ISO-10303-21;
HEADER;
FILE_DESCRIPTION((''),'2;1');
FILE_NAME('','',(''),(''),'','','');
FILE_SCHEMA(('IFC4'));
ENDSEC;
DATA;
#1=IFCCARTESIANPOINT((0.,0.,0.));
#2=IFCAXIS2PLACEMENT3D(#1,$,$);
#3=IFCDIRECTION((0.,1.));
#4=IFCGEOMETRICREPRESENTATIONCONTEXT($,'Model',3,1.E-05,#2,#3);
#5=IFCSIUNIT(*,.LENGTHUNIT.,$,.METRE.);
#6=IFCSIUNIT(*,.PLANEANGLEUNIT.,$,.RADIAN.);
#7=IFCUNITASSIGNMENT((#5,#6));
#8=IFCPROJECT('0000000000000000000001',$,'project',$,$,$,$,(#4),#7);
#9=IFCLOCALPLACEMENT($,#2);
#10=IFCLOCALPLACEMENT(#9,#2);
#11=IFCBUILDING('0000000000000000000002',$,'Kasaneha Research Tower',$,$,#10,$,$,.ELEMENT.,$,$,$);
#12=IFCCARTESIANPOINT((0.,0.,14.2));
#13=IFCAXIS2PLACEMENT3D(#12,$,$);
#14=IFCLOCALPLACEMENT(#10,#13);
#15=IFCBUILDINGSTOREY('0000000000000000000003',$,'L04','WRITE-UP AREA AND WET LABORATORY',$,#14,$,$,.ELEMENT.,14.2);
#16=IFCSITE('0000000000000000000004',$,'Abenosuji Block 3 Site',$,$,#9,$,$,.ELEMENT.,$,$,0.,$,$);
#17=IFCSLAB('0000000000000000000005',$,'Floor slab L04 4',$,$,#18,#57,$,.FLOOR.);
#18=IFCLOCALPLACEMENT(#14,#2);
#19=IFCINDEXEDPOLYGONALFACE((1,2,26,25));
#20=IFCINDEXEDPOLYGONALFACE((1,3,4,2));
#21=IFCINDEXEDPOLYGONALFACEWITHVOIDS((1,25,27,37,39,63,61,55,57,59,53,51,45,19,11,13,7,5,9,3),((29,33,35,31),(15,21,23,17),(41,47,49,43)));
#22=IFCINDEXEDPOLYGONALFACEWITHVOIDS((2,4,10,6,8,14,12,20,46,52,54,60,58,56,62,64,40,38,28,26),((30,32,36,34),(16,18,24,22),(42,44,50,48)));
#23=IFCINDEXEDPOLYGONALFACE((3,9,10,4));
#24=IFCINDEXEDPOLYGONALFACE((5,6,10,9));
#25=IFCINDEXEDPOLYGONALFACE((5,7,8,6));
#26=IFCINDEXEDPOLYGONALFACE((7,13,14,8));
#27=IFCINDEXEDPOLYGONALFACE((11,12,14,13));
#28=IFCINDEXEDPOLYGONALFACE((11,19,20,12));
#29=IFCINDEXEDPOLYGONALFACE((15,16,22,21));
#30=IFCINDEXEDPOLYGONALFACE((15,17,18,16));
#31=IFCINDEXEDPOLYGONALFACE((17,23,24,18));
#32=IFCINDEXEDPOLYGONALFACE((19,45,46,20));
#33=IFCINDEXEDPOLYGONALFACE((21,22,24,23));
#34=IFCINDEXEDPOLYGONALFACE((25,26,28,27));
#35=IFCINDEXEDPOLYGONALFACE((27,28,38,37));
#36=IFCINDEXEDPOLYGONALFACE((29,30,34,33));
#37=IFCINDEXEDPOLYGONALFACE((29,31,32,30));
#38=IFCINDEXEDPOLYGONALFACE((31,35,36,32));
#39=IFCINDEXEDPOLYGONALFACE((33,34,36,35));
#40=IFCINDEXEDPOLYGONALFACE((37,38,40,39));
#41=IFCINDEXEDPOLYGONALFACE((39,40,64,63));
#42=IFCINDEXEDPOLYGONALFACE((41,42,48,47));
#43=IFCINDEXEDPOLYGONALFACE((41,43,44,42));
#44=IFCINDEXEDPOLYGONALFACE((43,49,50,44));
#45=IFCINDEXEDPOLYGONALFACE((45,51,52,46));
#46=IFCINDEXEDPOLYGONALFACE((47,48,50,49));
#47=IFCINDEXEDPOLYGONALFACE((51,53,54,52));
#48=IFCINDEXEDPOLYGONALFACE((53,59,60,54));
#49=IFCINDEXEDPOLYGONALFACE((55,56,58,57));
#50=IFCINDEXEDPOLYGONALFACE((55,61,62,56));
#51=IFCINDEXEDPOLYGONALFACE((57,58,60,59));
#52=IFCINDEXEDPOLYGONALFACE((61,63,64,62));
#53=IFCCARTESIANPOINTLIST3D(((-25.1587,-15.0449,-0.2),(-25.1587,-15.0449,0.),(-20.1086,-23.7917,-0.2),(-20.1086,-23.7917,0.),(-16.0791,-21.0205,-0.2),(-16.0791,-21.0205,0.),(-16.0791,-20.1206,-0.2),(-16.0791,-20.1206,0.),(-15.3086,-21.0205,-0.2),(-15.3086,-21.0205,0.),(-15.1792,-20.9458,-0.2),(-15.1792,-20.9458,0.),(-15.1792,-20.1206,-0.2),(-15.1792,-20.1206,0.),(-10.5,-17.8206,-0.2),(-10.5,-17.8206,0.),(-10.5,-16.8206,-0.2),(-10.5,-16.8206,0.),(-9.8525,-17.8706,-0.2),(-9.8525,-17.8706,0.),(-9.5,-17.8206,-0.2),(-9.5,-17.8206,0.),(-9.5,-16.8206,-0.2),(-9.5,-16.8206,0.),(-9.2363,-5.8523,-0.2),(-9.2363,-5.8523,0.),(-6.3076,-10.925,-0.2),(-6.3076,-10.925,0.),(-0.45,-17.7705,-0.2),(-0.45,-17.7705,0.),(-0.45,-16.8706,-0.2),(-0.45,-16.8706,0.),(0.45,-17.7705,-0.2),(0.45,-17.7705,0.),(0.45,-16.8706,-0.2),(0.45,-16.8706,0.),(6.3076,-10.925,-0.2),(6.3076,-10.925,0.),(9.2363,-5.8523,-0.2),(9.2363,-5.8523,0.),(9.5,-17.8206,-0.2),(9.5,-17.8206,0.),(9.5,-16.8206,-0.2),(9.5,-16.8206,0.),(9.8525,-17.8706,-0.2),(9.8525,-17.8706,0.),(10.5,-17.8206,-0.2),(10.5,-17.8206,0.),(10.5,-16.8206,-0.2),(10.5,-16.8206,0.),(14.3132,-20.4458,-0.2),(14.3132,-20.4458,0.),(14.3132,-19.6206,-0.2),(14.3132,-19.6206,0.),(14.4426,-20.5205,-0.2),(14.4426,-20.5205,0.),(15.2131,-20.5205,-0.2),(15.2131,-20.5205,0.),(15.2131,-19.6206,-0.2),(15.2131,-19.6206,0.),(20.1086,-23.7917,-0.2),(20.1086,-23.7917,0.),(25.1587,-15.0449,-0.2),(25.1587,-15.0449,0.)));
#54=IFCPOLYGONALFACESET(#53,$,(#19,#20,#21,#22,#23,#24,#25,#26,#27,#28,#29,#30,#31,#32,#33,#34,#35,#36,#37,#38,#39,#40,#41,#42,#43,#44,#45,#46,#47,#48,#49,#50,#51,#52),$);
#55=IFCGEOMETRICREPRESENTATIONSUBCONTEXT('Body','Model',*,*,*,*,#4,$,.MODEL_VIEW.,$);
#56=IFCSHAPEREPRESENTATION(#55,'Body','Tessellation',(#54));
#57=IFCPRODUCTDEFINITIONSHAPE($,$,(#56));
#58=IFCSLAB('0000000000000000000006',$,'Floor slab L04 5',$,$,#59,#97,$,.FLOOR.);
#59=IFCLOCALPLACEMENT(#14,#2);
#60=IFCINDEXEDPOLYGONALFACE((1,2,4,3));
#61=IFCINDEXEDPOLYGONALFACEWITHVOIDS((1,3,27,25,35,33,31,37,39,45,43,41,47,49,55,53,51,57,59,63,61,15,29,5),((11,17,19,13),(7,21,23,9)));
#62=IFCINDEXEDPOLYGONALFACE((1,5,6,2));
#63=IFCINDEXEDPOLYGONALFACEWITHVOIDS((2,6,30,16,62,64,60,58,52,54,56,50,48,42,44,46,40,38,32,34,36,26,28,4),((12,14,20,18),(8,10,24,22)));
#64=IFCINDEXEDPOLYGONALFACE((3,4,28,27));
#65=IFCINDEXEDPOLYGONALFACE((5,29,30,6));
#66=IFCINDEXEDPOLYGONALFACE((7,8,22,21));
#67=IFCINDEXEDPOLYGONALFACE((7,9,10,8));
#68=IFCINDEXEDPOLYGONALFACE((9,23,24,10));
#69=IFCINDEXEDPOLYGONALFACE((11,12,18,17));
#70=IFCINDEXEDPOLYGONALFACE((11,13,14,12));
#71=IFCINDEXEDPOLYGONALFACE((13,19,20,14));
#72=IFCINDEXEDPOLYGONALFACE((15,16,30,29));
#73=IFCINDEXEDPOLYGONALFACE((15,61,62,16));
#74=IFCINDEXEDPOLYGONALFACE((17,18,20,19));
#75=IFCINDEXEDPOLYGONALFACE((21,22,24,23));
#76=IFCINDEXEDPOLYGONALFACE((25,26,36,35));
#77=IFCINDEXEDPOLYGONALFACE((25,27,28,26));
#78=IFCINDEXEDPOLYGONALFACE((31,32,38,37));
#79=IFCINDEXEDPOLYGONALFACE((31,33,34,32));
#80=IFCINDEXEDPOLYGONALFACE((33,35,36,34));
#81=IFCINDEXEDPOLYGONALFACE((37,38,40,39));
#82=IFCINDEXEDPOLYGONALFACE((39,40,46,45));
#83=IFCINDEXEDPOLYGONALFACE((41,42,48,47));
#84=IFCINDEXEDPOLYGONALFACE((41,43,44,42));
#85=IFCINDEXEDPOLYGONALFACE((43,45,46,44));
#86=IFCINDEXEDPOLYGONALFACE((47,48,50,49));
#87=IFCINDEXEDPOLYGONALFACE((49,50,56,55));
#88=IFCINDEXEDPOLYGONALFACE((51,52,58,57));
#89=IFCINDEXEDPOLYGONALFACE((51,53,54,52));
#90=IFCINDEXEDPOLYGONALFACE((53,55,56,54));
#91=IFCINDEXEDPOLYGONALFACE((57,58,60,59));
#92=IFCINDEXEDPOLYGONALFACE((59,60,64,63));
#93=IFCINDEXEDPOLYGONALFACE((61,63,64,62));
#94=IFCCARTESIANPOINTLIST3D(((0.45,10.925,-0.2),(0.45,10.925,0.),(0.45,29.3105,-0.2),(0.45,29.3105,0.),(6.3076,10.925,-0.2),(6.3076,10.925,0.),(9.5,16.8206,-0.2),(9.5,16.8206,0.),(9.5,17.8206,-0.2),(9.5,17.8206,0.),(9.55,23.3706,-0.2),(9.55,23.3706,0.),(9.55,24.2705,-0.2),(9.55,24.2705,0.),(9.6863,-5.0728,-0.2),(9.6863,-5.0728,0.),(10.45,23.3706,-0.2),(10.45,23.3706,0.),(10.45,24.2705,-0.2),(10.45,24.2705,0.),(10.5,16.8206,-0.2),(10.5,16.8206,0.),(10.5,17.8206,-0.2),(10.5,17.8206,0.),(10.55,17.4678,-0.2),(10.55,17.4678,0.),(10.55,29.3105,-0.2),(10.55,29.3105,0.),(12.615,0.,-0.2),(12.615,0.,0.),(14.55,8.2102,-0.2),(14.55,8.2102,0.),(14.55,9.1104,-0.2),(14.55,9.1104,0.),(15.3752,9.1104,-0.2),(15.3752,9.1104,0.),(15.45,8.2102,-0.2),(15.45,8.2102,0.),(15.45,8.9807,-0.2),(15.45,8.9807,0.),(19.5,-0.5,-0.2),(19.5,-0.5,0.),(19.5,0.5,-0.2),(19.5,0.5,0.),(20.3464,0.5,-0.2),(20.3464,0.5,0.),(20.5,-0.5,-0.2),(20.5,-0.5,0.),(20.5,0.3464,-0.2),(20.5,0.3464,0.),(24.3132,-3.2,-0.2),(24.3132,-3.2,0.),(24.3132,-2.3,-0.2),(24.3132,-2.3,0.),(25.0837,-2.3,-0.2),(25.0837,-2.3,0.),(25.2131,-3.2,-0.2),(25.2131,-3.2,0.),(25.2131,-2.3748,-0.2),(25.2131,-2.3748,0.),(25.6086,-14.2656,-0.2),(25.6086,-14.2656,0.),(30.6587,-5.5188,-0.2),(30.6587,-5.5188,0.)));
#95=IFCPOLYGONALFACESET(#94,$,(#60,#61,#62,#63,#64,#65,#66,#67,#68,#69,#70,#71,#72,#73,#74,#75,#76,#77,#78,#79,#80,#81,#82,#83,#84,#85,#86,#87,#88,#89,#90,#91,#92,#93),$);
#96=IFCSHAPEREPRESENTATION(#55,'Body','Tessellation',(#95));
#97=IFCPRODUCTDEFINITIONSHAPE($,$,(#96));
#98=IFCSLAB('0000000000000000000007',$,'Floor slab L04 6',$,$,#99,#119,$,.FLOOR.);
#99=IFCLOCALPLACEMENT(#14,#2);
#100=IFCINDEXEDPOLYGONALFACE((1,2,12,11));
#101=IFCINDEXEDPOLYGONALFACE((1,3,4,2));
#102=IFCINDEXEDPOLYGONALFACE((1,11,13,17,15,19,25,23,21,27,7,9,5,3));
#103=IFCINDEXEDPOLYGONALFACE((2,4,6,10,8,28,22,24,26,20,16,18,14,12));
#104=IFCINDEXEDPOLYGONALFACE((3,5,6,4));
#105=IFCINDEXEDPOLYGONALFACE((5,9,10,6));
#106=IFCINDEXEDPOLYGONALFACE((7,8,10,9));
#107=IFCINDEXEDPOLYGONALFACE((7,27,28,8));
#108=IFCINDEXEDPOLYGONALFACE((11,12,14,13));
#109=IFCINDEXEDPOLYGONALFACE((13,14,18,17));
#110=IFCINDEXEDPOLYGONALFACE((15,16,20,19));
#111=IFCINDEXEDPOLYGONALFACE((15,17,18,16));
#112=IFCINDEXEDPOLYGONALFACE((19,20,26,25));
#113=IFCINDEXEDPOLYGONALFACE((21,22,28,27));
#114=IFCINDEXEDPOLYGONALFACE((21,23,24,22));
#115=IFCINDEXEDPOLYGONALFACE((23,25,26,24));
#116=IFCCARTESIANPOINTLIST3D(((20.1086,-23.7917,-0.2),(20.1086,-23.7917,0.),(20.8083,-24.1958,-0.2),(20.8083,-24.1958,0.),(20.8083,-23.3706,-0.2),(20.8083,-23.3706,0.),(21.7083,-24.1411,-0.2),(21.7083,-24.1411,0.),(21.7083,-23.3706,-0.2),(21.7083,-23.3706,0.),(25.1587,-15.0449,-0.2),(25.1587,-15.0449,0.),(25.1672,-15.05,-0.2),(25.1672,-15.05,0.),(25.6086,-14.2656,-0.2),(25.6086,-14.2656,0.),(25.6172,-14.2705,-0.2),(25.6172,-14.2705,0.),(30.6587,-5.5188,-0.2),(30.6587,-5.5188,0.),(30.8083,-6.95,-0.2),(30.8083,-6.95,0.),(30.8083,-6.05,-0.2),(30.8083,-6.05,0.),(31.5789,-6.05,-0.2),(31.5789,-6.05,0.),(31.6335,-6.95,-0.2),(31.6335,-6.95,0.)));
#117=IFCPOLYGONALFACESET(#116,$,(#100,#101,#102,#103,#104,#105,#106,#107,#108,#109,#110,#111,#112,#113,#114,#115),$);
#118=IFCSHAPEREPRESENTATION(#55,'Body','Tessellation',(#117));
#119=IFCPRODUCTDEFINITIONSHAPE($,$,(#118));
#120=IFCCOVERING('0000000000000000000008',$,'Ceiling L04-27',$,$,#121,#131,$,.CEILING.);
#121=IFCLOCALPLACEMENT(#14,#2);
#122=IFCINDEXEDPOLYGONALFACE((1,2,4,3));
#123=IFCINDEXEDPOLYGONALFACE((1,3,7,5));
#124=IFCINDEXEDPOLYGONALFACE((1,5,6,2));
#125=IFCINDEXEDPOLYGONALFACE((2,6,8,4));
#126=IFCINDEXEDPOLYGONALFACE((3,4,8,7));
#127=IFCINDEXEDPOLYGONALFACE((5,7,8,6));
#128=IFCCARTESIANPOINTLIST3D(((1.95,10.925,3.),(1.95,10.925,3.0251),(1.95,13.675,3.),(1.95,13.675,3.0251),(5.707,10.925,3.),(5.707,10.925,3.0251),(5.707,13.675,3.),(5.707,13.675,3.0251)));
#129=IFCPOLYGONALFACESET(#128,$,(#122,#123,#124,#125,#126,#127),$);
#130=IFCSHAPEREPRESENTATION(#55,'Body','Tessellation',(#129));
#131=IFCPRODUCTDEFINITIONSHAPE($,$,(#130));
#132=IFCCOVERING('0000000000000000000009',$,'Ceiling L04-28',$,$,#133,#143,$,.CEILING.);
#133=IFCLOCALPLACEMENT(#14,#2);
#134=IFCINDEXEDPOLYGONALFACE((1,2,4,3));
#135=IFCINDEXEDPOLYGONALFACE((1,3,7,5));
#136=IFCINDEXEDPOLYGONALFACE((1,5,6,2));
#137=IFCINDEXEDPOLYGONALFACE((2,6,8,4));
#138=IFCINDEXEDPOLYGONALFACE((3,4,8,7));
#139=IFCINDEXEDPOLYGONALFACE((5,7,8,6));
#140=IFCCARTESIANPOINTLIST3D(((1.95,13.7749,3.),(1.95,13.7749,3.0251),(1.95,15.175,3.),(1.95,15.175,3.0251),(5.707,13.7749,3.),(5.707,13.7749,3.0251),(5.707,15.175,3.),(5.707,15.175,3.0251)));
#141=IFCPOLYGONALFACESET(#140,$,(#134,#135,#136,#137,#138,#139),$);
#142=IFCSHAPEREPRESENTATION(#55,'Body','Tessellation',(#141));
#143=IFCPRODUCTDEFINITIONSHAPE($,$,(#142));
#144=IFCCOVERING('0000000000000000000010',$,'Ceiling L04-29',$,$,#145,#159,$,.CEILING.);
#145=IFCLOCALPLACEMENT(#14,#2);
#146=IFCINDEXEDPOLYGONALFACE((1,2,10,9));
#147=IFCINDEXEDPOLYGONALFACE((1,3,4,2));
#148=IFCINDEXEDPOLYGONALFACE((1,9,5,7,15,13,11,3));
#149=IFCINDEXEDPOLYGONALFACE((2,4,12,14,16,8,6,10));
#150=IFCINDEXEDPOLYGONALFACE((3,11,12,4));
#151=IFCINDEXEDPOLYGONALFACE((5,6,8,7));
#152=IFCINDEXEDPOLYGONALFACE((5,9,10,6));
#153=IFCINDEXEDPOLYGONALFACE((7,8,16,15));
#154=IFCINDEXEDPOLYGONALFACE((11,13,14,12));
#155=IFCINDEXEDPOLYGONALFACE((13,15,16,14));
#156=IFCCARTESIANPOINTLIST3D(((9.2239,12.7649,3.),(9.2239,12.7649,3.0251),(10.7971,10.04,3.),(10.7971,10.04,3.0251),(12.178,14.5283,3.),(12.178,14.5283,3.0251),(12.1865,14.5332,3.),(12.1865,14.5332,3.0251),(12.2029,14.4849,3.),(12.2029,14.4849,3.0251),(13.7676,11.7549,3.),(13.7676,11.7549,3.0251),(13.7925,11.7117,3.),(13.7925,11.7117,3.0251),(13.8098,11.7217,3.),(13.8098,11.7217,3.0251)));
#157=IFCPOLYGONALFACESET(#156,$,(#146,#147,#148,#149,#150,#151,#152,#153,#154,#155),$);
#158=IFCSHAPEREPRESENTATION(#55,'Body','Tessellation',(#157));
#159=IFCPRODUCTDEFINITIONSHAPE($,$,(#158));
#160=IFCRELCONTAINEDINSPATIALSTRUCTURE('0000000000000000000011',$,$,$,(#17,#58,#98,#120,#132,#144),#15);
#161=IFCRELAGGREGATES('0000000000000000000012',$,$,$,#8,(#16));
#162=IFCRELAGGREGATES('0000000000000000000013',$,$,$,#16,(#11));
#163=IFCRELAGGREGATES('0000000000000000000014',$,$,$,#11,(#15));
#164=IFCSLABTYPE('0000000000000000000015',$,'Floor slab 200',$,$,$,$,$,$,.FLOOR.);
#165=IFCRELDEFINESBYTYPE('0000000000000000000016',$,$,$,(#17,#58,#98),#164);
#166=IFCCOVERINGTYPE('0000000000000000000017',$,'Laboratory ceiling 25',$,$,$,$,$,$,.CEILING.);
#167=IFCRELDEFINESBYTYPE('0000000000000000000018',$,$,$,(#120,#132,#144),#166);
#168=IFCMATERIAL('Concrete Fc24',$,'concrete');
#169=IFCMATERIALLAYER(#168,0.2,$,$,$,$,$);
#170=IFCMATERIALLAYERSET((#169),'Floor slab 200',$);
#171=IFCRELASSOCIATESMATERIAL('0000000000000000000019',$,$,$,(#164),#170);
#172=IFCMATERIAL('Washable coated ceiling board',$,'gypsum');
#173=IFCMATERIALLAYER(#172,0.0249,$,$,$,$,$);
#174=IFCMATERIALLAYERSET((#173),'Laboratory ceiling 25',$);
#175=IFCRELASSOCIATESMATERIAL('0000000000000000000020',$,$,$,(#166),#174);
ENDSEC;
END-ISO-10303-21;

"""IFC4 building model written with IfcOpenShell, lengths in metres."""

from ifc_helpers import new_model, si_unit, direction, frame, origin, place, context, subcontext, project, spatial, polyline, outline, extrude, material, layer, layer_set, type_object, element, save


model = new_model("IFC4")

# Units and contexts
model_context = context("Model", 3, precision=1e-05, world=origin(), true_north=direction((0.0, 1.0)))
body_context = subcontext(model_context, "Body", "Model", "MODEL_VIEW")
ifc_project = project(units=[si_unit("LENGTHUNIT", "METRE"), si_unit("PLANEANGLEUNIT", "RADIAN")], contexts=[model_context])

# Site, building, storey
site_placement = place(None, origin())
site = spatial("IfcSite", under=ifc_project, at=site_placement, Name="Abenosuji Block 3 Site", CompositionType="ELEMENT", RefElevation=0.0)
building_placement = place(site_placement, origin())
building = spatial("IfcBuilding", under=site, at=building_placement, Name="Kasaneha Research Tower", CompositionType="ELEMENT")
storey_placement = place(building_placement, frame((0.0, 0.0, 14.2)))
storey = spatial("IfcBuildingStorey", under=building, at=storey_placement, Name="L04", Description="WRITE-UP AREA AND WET LABORATORY", CompositionType="ELEMENT", Elevation=14.2)

# Slabs
ifc_material_1 = material(Name="Concrete Fc24", Category="concrete")
ifc_layer_1 = layer(ifc_material_1, 0.2)
ifc_layer_set_1 = layer_set([ifc_layer_1], Name="Floor slab 200")
slab_type_1 = type_object("IfcSlabType", Name="Floor slab 200", PredefinedType="FLOOR", material=ifc_layer_set_1)
slab_1_placement = place(storey_placement, frame((0.0, 0.0, -0.2)))
element("IfcSlab", 1, at=slab_1_placement, inside=storey, type_object=slab_type_1, Name="Floor slab L04 4", PredefinedType="FLOOR", context=body_context, shape_type="SweptSolid", body=[
    extrude(outline(polyline([(-6.3076, -10.925), (6.3076, -10.925), (9.2363, -5.8523), (25.1587, -15.0449), (20.1086, -23.7917), (14.4426, -20.5205), (15.2131, -20.5205), (15.2131, -19.6206), (14.3132, -19.6206), (14.3132, -20.4458), (9.8525, -17.8706), (-9.8525, -17.8706), (-15.1792, -20.9458), (-15.1792, -20.1206), (-16.0791, -20.1206), (-16.0791, -21.0205), (-15.3086, -21.0205), (-20.1086, -23.7917), (-25.1587, -15.0449), (-9.2363, -5.8523), (-6.3076, -10.925)]), holes=[polyline([(-0.45, -17.7705), (0.45, -17.7705), (0.45, -16.8706), (-0.45, -16.8706), (-0.45, -17.7705)]), polyline([(-9.5, -17.8206), (-9.5, -16.8206), (-10.5, -16.8206), (-10.5, -17.8206), (-9.5, -17.8206)]), polyline([(10.5, -17.8206), (10.5, -16.8206), (9.5, -16.8206), (9.5, -17.8206), (10.5, -17.8206)])]), origin(), (0.0, 0.0, 1.0), 0.2),
])
slab_2_placement = place(storey_placement, frame((0.0, 0.0, -0.2)))
element("IfcSlab", 2, at=slab_2_placement, inside=storey, type_object=slab_type_1, Name="Floor slab L04 5", PredefinedType="FLOOR", context=body_context, shape_type="SweptSolid", body=[
    extrude(outline(polyline([(9.6863, -5.0728), (12.615, 0.0), (6.3076, 10.925), (0.45, 10.925), (0.45, 29.3105), (10.55, 29.3105), (10.55, 17.4678), (15.3752, 9.1104), (14.55, 9.1104), (14.55, 8.2102), (15.45, 8.2102), (15.45, 8.9807), (20.3464, 0.5), (19.5, 0.5), (19.5, -0.5), (20.5, -0.5), (20.5, 0.3464), (25.0837, -2.3), (24.3132, -2.3), (24.3132, -3.2), (25.2131, -3.2), (25.2131, -2.3748), (30.6587, -5.5188), (25.6086, -14.2656), (9.6863, -5.0728)]), holes=[polyline([(9.5, 16.8206), (10.5, 16.8206), (10.5, 17.8206), (9.5, 17.8206), (9.5, 16.8206)]), polyline([(9.55, 23.3706), (10.45, 23.3706), (10.45, 24.2705), (9.55, 24.2705), (9.55, 23.3706)])]), origin(), (0.0, 0.0, 1.0), 0.2),
])
slab_3_placement = place(storey_placement, frame((0.0, 0.0, -0.2)))
element("IfcSlab", 3, at=slab_3_placement, inside=storey, type_object=slab_type_1, Name="Floor slab L04 6", PredefinedType="FLOOR", context=body_context, shape_type="SweptSolid", body=[
    extrude(outline(polyline([(25.1672, -15.05), (25.6172, -14.2705), (25.6086, -14.2656), (30.6587, -5.5188), (31.5789, -6.05), (30.8083, -6.05), (30.8083, -6.95), (31.6335, -6.95), (21.7083, -24.1411), (21.7083, -23.3706), (20.8083, -23.3706), (20.8083, -24.1958), (20.1086, -23.7917), (25.1587, -15.0449), (25.1672, -15.05)])), origin(), (0.0, 0.0, 1.0), 0.2),
])

# Coverings
ifc_material_2 = material(Name="Washable coated ceiling board", Category="gypsum")
ifc_layer_2 = layer(ifc_material_2, 0.0249)
ifc_layer_set_2 = layer_set([ifc_layer_2], Name="Laboratory ceiling 25")
covering_type_1 = type_object("IfcCoveringType", Name="Laboratory ceiling 25", PredefinedType="CEILING", material=ifc_layer_set_2)
covering_1_placement = place(storey_placement, frame((0.0, 0.0, 3.0)))
element("IfcCovering", 4, at=covering_1_placement, inside=storey, type_object=covering_type_1, Name="Ceiling L04-27", PredefinedType="CEILING", context=body_context, shape_type="SweptSolid", body=[
    extrude(outline(polyline([(1.95, 10.925), (1.95, 13.675), (5.707, 13.675), (5.707, 10.925), (1.95, 10.925)])), origin(), (0.0, 0.0, 1.0), 0.0251),
])
covering_2_placement = place(storey_placement, frame((0.0, 0.0, 3.0)))
element("IfcCovering", 5, at=covering_2_placement, inside=storey, type_object=covering_type_1, Name="Ceiling L04-28", PredefinedType="CEILING", context=body_context, shape_type="SweptSolid", body=[
    extrude(outline(polyline([(5.707, 13.7749), (1.95, 13.7749), (1.95, 15.175), (5.707, 15.175), (5.707, 13.7749)])), origin(), (0.0, 0.0, 1.0), 0.0251),
])
covering_3_placement = place(storey_placement, frame((0.0, 0.0, 3.0)))
element("IfcCovering", 6, at=covering_3_placement, inside=storey, type_object=covering_type_1, Name="Ceiling L04-29", PredefinedType="CEILING", context=body_context, shape_type="SweptSolid", body=[
    extrude(outline(polyline([(13.8098, 11.7217), (13.7925, 11.7117), (13.7676, 11.7549), (10.7971, 10.04), (9.2239, 12.7649), (12.2029, 14.4849), (12.178, 14.5283), (12.1865, 14.5332), (13.8098, 11.7217)])), origin(), (0.0, 0.0, 1.0), 0.0251),
])

save(model, "model.ifc")
